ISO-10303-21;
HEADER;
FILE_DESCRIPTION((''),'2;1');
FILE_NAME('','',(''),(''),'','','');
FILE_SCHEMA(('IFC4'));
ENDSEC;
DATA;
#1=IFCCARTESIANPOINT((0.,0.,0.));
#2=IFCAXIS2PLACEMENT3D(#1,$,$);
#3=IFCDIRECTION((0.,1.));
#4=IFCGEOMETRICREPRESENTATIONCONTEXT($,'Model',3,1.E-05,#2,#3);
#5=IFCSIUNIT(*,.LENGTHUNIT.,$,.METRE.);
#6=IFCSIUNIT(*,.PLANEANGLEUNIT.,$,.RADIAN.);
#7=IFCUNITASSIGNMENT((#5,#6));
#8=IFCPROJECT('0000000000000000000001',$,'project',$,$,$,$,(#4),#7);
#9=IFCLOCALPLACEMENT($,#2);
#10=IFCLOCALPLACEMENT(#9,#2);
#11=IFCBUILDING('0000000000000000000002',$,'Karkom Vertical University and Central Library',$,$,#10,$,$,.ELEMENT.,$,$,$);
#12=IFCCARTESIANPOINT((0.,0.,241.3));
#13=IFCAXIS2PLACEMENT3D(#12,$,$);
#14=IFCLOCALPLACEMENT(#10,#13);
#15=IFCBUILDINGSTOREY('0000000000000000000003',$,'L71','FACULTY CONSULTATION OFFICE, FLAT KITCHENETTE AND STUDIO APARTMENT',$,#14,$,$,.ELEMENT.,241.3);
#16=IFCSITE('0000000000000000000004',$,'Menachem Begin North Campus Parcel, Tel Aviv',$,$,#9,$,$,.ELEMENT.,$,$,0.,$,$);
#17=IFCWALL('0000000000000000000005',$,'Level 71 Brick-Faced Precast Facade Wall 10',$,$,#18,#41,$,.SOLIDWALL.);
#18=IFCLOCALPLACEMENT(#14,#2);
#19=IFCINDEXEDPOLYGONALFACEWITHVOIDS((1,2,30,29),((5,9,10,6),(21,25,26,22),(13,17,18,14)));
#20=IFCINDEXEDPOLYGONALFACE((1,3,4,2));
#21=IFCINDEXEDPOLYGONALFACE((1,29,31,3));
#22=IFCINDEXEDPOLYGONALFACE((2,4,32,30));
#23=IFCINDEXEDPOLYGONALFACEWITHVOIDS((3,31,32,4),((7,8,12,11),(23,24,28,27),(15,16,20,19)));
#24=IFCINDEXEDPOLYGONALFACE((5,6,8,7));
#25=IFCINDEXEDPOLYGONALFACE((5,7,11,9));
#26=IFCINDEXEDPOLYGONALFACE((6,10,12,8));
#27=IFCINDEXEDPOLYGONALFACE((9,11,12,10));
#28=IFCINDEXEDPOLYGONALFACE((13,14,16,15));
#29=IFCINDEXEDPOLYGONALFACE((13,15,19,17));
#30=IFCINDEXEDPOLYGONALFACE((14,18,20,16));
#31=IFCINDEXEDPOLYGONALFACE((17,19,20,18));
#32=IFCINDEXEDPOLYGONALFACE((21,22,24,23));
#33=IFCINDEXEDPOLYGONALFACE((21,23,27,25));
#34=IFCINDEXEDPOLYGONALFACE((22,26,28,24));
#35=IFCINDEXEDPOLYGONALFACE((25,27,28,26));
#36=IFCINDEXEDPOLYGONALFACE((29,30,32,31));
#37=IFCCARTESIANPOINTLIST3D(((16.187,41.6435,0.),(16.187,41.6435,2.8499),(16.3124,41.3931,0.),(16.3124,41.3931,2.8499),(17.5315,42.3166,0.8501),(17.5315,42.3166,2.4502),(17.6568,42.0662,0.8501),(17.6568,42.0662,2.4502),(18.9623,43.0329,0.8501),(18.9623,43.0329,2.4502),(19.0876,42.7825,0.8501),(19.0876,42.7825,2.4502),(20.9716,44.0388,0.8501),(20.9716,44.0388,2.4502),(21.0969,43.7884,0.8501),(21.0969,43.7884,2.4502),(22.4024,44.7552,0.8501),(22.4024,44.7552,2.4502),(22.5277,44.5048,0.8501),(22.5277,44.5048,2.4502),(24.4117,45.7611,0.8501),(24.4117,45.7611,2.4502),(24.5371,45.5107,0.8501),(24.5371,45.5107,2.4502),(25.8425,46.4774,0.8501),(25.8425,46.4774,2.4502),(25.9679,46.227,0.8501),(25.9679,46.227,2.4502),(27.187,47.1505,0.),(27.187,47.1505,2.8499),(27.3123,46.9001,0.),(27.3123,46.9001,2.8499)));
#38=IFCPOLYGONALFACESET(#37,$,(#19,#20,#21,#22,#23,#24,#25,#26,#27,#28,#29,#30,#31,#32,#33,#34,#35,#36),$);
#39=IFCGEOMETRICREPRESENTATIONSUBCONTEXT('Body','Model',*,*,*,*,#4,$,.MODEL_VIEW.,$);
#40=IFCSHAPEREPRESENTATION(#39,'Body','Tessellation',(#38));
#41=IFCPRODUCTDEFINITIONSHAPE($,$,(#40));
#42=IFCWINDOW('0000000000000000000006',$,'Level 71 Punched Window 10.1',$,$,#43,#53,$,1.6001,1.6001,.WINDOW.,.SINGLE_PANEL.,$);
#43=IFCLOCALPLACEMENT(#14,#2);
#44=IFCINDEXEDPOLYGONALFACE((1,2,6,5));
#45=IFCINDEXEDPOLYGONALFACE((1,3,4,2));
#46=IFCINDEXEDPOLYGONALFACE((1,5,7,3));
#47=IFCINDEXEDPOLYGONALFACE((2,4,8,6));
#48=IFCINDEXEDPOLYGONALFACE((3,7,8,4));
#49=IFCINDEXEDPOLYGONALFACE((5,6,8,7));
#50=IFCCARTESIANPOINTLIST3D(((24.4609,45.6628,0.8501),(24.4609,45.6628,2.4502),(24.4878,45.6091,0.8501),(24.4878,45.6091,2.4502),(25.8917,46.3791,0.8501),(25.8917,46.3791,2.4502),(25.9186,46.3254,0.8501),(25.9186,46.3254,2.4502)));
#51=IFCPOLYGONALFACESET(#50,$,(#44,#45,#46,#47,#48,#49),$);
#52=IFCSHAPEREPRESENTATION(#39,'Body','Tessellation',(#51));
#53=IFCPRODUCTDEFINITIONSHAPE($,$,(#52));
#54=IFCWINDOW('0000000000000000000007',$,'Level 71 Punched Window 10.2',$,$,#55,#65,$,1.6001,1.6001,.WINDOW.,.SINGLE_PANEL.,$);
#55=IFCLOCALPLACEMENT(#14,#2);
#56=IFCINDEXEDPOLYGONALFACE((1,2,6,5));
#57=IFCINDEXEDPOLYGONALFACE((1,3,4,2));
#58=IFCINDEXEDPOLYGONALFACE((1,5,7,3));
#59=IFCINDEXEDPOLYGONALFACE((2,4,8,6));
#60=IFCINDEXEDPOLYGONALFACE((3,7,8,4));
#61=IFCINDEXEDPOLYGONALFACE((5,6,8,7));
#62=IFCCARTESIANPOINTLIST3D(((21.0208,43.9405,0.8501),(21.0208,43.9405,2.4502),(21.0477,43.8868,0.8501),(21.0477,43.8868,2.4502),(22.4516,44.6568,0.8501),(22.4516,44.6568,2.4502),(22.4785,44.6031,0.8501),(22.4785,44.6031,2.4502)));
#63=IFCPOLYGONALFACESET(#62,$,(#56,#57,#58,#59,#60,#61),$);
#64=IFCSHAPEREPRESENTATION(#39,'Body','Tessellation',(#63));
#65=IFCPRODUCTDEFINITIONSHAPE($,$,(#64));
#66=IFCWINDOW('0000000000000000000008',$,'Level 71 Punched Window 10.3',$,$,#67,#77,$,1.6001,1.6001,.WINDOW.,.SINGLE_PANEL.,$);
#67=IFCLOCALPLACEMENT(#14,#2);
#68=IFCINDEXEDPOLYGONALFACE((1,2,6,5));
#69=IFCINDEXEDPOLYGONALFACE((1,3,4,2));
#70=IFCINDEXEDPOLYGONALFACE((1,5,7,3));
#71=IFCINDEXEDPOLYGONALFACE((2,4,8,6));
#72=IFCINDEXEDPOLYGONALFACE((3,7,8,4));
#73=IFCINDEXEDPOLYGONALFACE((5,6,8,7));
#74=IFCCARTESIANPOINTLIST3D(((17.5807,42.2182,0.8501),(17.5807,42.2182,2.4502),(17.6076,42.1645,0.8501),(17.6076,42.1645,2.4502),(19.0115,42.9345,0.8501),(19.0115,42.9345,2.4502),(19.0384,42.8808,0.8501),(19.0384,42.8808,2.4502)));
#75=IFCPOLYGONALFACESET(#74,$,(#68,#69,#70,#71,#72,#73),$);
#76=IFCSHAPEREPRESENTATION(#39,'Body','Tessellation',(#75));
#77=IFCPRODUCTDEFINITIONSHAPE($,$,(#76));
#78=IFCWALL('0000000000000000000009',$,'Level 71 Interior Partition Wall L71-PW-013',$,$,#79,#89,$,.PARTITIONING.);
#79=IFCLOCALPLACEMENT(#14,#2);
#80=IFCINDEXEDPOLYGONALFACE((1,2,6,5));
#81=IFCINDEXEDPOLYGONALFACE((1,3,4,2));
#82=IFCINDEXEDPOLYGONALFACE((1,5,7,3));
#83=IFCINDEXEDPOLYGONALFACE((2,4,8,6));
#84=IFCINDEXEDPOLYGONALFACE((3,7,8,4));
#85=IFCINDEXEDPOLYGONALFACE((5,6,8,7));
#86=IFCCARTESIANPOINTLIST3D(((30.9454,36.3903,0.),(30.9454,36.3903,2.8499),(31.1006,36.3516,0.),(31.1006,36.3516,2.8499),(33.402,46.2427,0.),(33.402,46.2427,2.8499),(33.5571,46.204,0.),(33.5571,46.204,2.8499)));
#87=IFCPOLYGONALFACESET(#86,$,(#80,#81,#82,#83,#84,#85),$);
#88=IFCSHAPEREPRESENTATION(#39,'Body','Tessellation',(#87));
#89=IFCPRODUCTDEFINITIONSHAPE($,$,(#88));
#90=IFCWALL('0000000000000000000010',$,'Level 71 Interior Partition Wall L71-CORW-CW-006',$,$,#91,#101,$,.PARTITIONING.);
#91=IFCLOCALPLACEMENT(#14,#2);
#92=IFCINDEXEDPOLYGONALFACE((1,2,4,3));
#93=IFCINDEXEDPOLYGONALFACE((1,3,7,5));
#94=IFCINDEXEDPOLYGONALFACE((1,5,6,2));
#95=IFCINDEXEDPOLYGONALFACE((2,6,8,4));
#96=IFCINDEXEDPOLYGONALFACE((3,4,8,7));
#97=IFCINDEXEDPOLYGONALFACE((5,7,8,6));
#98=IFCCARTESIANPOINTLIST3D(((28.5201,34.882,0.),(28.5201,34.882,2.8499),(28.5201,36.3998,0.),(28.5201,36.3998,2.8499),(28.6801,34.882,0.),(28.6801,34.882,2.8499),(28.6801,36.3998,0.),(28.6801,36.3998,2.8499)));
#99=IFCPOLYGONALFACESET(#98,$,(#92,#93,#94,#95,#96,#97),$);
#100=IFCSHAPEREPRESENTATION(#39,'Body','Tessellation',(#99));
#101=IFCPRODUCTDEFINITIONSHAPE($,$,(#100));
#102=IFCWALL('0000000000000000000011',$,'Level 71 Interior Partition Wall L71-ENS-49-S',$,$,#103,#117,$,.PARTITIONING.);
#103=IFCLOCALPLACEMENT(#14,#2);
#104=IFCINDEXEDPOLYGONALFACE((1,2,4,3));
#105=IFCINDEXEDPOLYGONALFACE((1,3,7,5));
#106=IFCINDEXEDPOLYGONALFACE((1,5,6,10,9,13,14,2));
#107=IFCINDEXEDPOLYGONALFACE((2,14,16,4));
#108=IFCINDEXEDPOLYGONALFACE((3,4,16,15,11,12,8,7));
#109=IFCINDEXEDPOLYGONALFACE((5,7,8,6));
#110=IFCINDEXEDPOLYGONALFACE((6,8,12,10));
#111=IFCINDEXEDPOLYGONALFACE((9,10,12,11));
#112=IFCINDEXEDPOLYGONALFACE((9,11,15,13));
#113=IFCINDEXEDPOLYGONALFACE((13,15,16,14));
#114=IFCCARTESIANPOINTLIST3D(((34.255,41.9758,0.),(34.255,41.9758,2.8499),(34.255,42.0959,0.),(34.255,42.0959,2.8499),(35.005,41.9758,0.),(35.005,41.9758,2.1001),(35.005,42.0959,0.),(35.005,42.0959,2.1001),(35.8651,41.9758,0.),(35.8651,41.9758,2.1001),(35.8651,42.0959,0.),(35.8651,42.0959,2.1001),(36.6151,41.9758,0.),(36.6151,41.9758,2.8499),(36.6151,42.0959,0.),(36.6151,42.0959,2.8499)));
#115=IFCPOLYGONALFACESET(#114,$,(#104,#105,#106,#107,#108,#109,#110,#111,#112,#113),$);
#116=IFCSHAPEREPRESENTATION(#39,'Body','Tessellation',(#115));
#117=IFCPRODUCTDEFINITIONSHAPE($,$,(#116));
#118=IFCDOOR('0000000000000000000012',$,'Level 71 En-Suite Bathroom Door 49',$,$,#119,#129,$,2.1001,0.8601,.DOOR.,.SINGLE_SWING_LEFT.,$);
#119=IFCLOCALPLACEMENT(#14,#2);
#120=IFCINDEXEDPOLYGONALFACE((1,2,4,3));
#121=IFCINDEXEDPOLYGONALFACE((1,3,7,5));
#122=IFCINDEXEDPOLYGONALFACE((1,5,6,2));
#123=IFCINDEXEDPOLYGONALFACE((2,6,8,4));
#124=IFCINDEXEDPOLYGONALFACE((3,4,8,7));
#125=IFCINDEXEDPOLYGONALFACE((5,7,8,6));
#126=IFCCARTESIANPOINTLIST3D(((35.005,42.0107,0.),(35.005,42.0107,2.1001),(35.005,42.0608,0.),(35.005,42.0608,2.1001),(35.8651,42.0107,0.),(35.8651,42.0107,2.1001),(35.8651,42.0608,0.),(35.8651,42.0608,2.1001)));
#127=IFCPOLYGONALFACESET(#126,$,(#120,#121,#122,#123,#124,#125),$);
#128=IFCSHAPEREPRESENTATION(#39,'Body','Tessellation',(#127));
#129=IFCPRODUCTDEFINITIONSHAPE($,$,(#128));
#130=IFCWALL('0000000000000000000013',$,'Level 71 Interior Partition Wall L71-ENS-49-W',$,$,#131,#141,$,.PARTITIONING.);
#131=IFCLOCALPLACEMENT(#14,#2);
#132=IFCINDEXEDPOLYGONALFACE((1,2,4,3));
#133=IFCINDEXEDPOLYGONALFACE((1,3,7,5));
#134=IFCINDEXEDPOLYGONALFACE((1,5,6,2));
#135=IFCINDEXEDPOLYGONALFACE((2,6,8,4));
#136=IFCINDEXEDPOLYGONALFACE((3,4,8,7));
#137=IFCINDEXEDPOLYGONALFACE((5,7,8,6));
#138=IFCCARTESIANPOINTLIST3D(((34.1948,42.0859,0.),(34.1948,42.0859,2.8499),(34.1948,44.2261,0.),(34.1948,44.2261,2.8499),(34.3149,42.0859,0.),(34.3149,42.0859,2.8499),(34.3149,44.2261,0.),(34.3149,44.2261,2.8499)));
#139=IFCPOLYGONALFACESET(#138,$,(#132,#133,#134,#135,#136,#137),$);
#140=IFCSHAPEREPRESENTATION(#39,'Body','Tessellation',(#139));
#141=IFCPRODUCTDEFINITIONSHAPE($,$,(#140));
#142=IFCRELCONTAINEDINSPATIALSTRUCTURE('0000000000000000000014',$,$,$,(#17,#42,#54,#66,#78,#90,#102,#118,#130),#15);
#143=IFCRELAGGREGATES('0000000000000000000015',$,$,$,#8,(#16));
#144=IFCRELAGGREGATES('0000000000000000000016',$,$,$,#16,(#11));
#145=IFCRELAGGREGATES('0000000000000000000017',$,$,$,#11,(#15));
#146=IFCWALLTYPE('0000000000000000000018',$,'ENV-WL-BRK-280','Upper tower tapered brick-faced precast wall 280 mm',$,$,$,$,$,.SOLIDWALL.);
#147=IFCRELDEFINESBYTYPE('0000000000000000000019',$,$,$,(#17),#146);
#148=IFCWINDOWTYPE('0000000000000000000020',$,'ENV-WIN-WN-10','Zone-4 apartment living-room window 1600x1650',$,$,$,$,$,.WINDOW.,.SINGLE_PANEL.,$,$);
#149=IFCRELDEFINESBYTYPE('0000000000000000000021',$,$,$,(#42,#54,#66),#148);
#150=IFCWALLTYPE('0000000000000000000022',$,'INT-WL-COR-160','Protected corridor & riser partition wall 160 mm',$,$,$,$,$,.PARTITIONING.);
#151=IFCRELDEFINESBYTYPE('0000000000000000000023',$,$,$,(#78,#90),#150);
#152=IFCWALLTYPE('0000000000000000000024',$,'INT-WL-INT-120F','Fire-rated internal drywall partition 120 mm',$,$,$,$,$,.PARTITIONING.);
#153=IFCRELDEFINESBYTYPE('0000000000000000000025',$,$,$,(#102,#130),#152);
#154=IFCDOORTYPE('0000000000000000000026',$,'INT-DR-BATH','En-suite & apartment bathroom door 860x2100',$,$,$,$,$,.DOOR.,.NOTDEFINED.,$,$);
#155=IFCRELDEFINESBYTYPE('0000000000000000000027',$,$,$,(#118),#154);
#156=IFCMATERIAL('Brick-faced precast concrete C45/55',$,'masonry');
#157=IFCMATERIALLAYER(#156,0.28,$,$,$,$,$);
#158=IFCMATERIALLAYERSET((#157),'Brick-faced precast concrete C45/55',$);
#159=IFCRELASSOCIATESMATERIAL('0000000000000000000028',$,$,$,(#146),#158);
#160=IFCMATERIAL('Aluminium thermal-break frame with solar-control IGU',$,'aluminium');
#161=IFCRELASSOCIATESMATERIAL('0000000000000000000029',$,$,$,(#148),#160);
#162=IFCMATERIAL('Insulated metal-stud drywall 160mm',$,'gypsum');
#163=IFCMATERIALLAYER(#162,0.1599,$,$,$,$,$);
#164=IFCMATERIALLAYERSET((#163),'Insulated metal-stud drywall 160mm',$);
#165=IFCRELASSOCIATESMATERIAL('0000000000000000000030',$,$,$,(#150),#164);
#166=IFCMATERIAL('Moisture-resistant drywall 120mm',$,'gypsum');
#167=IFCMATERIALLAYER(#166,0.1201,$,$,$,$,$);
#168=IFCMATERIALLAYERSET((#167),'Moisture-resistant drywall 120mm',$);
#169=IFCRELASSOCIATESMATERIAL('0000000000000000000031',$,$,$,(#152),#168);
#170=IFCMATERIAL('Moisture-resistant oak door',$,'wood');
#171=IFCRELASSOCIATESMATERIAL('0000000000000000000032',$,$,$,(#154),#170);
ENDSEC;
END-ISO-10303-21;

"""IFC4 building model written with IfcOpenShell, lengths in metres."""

from ifc_helpers import new_model, si_unit, direction, frame, frame_2d, origin, origin_with_axes, place, context, subcontext, project, spatial, rectangle, extrude, source, transform, mapped, material, layer, layer_set, type_object, element, fill, save


model = new_model("IFC4")

# Units and contexts
model_context = context("Model", 3, precision=1e-05, world=origin(), true_north=direction((0.0, 1.0)))
body_context = subcontext(model_context, "Body", "Model", "MODEL_VIEW")
ifc_project = project(units=[si_unit("LENGTHUNIT", "METRE"), si_unit("PLANEANGLEUNIT", "RADIAN")], contexts=[model_context])

# Site, building, storey
site_placement = place(None, origin())
site = spatial("IfcSite", under=ifc_project, at=site_placement, Name="Menachem Begin North Campus Parcel, Tel Aviv", CompositionType="ELEMENT", RefElevation=0.0)
building_placement = place(site_placement, origin())
building = spatial("IfcBuilding", under=site, at=building_placement, Name="Karkom Vertical University and Central Library", CompositionType="ELEMENT")
storey_placement = place(building_placement, frame((0.0, 0.0, 241.3)))
storey = spatial("IfcBuildingStorey", under=building, at=storey_placement, Name="L71", Description="FACULTY CONSULTATION OFFICE, FLAT KITCHENETTE AND STUDIO APARTMENT", CompositionType="ELEMENT", Elevation=241.3)

# Wall, openings, windows
ifc_material_1 = material(Name="Brick-faced precast concrete C45/55", Category="masonry")
ifc_layer_1 = layer(ifc_material_1, 0.28)
ifc_layer_set_1 = layer_set([ifc_layer_1], Name="Brick-faced precast concrete C45/55")
wall_type_1 = type_object("IfcWallType", Name="ENV-WL-BRK-280", Description="Upper tower tapered brick-faced precast wall 280 mm", PredefinedType="SOLIDWALL", material=ifc_layer_set_1)
wall_1_placement = place(storey_placement, frame((27.2498, 47.0254, 0.0), z_axis=(0.0, 0.0, 1.0), x_axis=(-0.894197, -0.447674, 0.0)))
wall_1 = element("IfcWall", 1, at=wall_1_placement, inside=storey, type_object=wall_type_1, Name="Level 71 Brick-Faced Precast Facade Wall 10", PredefinedType="SOLIDWALL", context=body_context, shape_type="SweptSolid", body=[
    extrude(rectangle(XDim=12.3015, YDim=0.28, at=frame_2d((6.1509, 0.0))), origin(), (0.0, 0.0, 1.0), 2.8499),
])
opening_1_placement = place(wall_1_placement, frame((1.5037, 0.0, 0.8501)))
opening_1 = element("IfcOpeningElement", 2, at=opening_1_placement, cuts=wall_1, PredefinedType="OPENING", context=body_context, shape_type="SweptSolid", body=[
    extrude(rectangle(XDim=1.6001, YDim=1.6001, at=frame_2d((0.8, 0.8))), frame((0.0, 0.1499, 0.0), z_axis=(0.0, -1.0, 0.0), x_axis=(1.0, 0.0, 0.0)), (0.0, 0.0, 1.0), 0.3),
])
opening_2_placement = place(wall_1_placement, frame((5.3508, 0.0, 0.8501)))
opening_2 = element("IfcOpeningElement", 3, at=opening_2_placement, cuts=wall_1, PredefinedType="OPENING", context=body_context, shape_type="SweptSolid", body=[
    extrude(rectangle(XDim=1.6001, YDim=1.6001, at=frame_2d((0.8, 0.8))), frame((0.0, 0.1499, 0.0), z_axis=(0.0, -1.0, 0.0), x_axis=(1.0, 0.0, 0.0)), (0.0, 0.0, 1.0), 0.3),
])
opening_3_placement = place(wall_1_placement, frame((9.198, 0.0, 0.8501)))
opening_3 = element("IfcOpeningElement", 4, at=opening_3_placement, cuts=wall_1, PredefinedType="OPENING", context=body_context, shape_type="SweptSolid", body=[
    extrude(rectangle(XDim=1.6001, YDim=1.6001, at=frame_2d((0.8, 0.8))), frame((0.0, 0.1499, 0.0), z_axis=(0.0, -1.0, 0.0), x_axis=(1.0, 0.0, 0.0)), (0.0, 0.0, 1.0), 0.3),
])
ifc_material_2 = material(Name="Aluminium thermal-break frame with solar-control IGU", Category="aluminium")
window_type = type_object("IfcWindowType", Name="ENV-WIN-WN-10", Description="Zone-4 apartment living-room window 1600x1650", PartitioningType="SINGLE_PANEL", PredefinedType="WINDOW", material=ifc_material_2)
shared_shape_1 = source(origin_with_axes(), body_context, "Body", "SweptSolid", [
    extrude(rectangle(XDim=1.6001, YDim=1.6001, at=frame_2d((0.8, 0.8))), frame((0.0, 0.03, 0.0), z_axis=(0.0, -1.0, 0.0), x_axis=(1.0, 0.0, 0.0)), (0.0, 0.0, 1.0), 0.0601),
])
window_1_placement = place(opening_1_placement, origin())
window_1 = element("IfcWindow", 5, at=window_1_placement, inside=storey, type_object=window_type, Name="Level 71 Punched Window 10.1", OverallHeight=1.6001, OverallWidth=1.6001, PartitioningType="SINGLE_PANEL", PredefinedType="WINDOW", context=body_context, shape_type="MappedRepresentation", body=[
    mapped(shared_shape_1, transform((0.0, 0.0, 0.0), scale=1.0)),
])
fill(opening_1, window_1)
window_2_placement = place(opening_2_placement, origin())
window_2 = element("IfcWindow", 6, at=window_2_placement, inside=storey, type_object=window_type, Name="Level 71 Punched Window 10.2", OverallHeight=1.6001, OverallWidth=1.6001, PartitioningType="SINGLE_PANEL", PredefinedType="WINDOW", context=body_context, shape_type="MappedRepresentation", body=[
    mapped(shared_shape_1, transform((0.0, 0.0, 0.0), scale=1.0)),
])
fill(opening_2, window_2)
window_3_placement = place(opening_3_placement, origin())
window_3 = element("IfcWindow", 7, at=window_3_placement, inside=storey, type_object=window_type, Name="Level 71 Punched Window 10.3", OverallHeight=1.6001, OverallWidth=1.6001, PartitioningType="SINGLE_PANEL", PredefinedType="WINDOW", context=body_context, shape_type="MappedRepresentation", body=[
    mapped(shared_shape_1, transform((0.0, 0.0, 0.0), scale=1.0)),
])
fill(opening_3, window_3)

# Wall
ifc_material_3 = material(Name="Insulated metal-stud drywall 160mm", Category="gypsum")
ifc_layer_2 = layer(ifc_material_3, 0.1599)
ifc_layer_set_2 = layer_set([ifc_layer_2], Name="Insulated metal-stud drywall 160mm")
wall_type_2 = type_object("IfcWallType", Name="INT-WL-COR-160", Description="Protected corridor & riser partition wall 160 mm", PredefinedType="PARTITIONING", material=ifc_layer_set_2)
wall_2_placement = place(storey_placement, frame((31.0229, 36.3708, 0.0), z_axis=(0.0, 0.0, 1.0), x_axis=(0.24193, 0.970294, 0.0)))
element("IfcWall", 8, at=wall_2_placement, inside=storey, type_object=wall_type_2, Name="Level 71 Interior Partition Wall L71-PW-013", PredefinedType="PARTITIONING", context=body_context, shape_type="SweptSolid", body=[
    extrude(rectangle(XDim=10.1541, YDim=0.1599, at=frame_2d((5.0771, 0.0))), origin(), (0.0, 0.0, 1.0), 2.8499),
])

# Wall
wall_3_placement = place(storey_placement, frame((28.6001, 34.8821, 0.0), z_axis=(0.0, 0.0, 1.0), x_axis=(0.0, 1.0, 0.0)))
element("IfcWall", 9, at=wall_3_placement, inside=storey, type_object=wall_type_2, Name="Level 71 Interior Partition Wall L71-CORW-CW-006", PredefinedType="PARTITIONING", context=body_context, shape_type="SweptSolid", body=[
    extrude(rectangle(XDim=1.5178, YDim=0.1599, at=frame_2d((0.7588, 0.0))), origin(), (0.0, 0.0, 1.0), 2.8499),
])

# Wall, opening, door
ifc_material_4 = material(Name="Moisture-resistant drywall 120mm", Category="gypsum")
ifc_layer_3 = layer(ifc_material_4, 0.1201)
ifc_layer_set_3 = layer_set([ifc_layer_3], Name="Moisture-resistant drywall 120mm")
wall_type_3 = type_object("IfcWallType", Name="INT-WL-INT-120F", Description="Fire-rated internal drywall partition 120 mm", PredefinedType="PARTITIONING", material=ifc_layer_set_3)
wall_4_placement = place(storey_placement, frame((34.2549, 42.0359, 0.0), z_axis=(0.0, 0.0, 1.0), x_axis=(1.0, 0.0, 0.0)))
wall_4 = element("IfcWall", 10, at=wall_4_placement, inside=storey, type_object=wall_type_3, Name="Level 71 Interior Partition Wall L71-ENS-49-S", PredefinedType="PARTITIONING", context=body_context, shape_type="SweptSolid", body=[
    extrude(rectangle(XDim=2.3601, YDim=0.1201, at=frame_2d((1.1802, 0.0))), origin(), (0.0, 0.0, 1.0), 2.8499),
])
opening_4_placement = place(wall_4_placement, frame((0.75, 0.0, 0.0)))
opening_4 = element("IfcOpeningElement", 11, at=opening_4_placement, cuts=wall_4, PredefinedType="OPENING", context=body_context, shape_type="SweptSolid", body=[
    extrude(rectangle(XDim=0.8601, YDim=2.1001, at=frame_2d((0.4302, 1.05))), frame((0.0, 0.0701, 0.0), z_axis=(0.0, -1.0, 0.0), x_axis=(1.0, 0.0, 0.0)), (0.0, 0.0, 1.0), 0.1401),
])
ifc_material_5 = material(Name="Moisture-resistant oak door", Category="wood")
door_type_1 = type_object("IfcDoorType", Name="INT-DR-BATH", Description="En-suite & apartment bathroom door 860x2100", OperationType="NOTDEFINED", PredefinedType="DOOR", material=ifc_material_5)
shared_shape_2 = source(origin_with_axes(), body_context, "Body", "SweptSolid", [
    extrude(rectangle(XDim=0.8601, YDim=2.1001, at=frame_2d((0.4302, 1.05))), frame((0.0, 0.0249, 0.0), z_axis=(0.0, -1.0, 0.0), x_axis=(1.0, 0.0, 0.0)), (0.0, 0.0, 1.0), 0.05),
])
door_1_placement = place(opening_4_placement, origin())
door_1 = element("IfcDoor", 12, at=door_1_placement, inside=storey, type_object=door_type_1, Name="Level 71 En-Suite Bathroom Door 49", OperationType="SINGLE_SWING_LEFT", OverallHeight=2.1001, OverallWidth=0.8601, PredefinedType="DOOR", context=body_context, shape_type="MappedRepresentation", body=[
    mapped(shared_shape_2, transform((0.0, 0.0, 0.0), scale=1.0)),
])
fill(opening_4, door_1)

# Wall
wall_5_placement = place(storey_placement, frame((34.2549, 44.2261, 0.0), z_axis=(0.0, 0.0, 1.0), x_axis=(0.0, -1.0, 0.0)))
element("IfcWall", 13, at=wall_5_placement, inside=storey, type_object=wall_type_3, Name="Level 71 Interior Partition Wall L71-ENS-49-W", PredefinedType="PARTITIONING", context=body_context, shape_type="SweptSolid", body=[
    extrude(rectangle(XDim=2.1401, YDim=0.1201, at=frame_2d((1.0701, 0.0))), origin(), (0.0, 0.0, 1.0), 2.8499),
])

save(model, "model.ifc")
